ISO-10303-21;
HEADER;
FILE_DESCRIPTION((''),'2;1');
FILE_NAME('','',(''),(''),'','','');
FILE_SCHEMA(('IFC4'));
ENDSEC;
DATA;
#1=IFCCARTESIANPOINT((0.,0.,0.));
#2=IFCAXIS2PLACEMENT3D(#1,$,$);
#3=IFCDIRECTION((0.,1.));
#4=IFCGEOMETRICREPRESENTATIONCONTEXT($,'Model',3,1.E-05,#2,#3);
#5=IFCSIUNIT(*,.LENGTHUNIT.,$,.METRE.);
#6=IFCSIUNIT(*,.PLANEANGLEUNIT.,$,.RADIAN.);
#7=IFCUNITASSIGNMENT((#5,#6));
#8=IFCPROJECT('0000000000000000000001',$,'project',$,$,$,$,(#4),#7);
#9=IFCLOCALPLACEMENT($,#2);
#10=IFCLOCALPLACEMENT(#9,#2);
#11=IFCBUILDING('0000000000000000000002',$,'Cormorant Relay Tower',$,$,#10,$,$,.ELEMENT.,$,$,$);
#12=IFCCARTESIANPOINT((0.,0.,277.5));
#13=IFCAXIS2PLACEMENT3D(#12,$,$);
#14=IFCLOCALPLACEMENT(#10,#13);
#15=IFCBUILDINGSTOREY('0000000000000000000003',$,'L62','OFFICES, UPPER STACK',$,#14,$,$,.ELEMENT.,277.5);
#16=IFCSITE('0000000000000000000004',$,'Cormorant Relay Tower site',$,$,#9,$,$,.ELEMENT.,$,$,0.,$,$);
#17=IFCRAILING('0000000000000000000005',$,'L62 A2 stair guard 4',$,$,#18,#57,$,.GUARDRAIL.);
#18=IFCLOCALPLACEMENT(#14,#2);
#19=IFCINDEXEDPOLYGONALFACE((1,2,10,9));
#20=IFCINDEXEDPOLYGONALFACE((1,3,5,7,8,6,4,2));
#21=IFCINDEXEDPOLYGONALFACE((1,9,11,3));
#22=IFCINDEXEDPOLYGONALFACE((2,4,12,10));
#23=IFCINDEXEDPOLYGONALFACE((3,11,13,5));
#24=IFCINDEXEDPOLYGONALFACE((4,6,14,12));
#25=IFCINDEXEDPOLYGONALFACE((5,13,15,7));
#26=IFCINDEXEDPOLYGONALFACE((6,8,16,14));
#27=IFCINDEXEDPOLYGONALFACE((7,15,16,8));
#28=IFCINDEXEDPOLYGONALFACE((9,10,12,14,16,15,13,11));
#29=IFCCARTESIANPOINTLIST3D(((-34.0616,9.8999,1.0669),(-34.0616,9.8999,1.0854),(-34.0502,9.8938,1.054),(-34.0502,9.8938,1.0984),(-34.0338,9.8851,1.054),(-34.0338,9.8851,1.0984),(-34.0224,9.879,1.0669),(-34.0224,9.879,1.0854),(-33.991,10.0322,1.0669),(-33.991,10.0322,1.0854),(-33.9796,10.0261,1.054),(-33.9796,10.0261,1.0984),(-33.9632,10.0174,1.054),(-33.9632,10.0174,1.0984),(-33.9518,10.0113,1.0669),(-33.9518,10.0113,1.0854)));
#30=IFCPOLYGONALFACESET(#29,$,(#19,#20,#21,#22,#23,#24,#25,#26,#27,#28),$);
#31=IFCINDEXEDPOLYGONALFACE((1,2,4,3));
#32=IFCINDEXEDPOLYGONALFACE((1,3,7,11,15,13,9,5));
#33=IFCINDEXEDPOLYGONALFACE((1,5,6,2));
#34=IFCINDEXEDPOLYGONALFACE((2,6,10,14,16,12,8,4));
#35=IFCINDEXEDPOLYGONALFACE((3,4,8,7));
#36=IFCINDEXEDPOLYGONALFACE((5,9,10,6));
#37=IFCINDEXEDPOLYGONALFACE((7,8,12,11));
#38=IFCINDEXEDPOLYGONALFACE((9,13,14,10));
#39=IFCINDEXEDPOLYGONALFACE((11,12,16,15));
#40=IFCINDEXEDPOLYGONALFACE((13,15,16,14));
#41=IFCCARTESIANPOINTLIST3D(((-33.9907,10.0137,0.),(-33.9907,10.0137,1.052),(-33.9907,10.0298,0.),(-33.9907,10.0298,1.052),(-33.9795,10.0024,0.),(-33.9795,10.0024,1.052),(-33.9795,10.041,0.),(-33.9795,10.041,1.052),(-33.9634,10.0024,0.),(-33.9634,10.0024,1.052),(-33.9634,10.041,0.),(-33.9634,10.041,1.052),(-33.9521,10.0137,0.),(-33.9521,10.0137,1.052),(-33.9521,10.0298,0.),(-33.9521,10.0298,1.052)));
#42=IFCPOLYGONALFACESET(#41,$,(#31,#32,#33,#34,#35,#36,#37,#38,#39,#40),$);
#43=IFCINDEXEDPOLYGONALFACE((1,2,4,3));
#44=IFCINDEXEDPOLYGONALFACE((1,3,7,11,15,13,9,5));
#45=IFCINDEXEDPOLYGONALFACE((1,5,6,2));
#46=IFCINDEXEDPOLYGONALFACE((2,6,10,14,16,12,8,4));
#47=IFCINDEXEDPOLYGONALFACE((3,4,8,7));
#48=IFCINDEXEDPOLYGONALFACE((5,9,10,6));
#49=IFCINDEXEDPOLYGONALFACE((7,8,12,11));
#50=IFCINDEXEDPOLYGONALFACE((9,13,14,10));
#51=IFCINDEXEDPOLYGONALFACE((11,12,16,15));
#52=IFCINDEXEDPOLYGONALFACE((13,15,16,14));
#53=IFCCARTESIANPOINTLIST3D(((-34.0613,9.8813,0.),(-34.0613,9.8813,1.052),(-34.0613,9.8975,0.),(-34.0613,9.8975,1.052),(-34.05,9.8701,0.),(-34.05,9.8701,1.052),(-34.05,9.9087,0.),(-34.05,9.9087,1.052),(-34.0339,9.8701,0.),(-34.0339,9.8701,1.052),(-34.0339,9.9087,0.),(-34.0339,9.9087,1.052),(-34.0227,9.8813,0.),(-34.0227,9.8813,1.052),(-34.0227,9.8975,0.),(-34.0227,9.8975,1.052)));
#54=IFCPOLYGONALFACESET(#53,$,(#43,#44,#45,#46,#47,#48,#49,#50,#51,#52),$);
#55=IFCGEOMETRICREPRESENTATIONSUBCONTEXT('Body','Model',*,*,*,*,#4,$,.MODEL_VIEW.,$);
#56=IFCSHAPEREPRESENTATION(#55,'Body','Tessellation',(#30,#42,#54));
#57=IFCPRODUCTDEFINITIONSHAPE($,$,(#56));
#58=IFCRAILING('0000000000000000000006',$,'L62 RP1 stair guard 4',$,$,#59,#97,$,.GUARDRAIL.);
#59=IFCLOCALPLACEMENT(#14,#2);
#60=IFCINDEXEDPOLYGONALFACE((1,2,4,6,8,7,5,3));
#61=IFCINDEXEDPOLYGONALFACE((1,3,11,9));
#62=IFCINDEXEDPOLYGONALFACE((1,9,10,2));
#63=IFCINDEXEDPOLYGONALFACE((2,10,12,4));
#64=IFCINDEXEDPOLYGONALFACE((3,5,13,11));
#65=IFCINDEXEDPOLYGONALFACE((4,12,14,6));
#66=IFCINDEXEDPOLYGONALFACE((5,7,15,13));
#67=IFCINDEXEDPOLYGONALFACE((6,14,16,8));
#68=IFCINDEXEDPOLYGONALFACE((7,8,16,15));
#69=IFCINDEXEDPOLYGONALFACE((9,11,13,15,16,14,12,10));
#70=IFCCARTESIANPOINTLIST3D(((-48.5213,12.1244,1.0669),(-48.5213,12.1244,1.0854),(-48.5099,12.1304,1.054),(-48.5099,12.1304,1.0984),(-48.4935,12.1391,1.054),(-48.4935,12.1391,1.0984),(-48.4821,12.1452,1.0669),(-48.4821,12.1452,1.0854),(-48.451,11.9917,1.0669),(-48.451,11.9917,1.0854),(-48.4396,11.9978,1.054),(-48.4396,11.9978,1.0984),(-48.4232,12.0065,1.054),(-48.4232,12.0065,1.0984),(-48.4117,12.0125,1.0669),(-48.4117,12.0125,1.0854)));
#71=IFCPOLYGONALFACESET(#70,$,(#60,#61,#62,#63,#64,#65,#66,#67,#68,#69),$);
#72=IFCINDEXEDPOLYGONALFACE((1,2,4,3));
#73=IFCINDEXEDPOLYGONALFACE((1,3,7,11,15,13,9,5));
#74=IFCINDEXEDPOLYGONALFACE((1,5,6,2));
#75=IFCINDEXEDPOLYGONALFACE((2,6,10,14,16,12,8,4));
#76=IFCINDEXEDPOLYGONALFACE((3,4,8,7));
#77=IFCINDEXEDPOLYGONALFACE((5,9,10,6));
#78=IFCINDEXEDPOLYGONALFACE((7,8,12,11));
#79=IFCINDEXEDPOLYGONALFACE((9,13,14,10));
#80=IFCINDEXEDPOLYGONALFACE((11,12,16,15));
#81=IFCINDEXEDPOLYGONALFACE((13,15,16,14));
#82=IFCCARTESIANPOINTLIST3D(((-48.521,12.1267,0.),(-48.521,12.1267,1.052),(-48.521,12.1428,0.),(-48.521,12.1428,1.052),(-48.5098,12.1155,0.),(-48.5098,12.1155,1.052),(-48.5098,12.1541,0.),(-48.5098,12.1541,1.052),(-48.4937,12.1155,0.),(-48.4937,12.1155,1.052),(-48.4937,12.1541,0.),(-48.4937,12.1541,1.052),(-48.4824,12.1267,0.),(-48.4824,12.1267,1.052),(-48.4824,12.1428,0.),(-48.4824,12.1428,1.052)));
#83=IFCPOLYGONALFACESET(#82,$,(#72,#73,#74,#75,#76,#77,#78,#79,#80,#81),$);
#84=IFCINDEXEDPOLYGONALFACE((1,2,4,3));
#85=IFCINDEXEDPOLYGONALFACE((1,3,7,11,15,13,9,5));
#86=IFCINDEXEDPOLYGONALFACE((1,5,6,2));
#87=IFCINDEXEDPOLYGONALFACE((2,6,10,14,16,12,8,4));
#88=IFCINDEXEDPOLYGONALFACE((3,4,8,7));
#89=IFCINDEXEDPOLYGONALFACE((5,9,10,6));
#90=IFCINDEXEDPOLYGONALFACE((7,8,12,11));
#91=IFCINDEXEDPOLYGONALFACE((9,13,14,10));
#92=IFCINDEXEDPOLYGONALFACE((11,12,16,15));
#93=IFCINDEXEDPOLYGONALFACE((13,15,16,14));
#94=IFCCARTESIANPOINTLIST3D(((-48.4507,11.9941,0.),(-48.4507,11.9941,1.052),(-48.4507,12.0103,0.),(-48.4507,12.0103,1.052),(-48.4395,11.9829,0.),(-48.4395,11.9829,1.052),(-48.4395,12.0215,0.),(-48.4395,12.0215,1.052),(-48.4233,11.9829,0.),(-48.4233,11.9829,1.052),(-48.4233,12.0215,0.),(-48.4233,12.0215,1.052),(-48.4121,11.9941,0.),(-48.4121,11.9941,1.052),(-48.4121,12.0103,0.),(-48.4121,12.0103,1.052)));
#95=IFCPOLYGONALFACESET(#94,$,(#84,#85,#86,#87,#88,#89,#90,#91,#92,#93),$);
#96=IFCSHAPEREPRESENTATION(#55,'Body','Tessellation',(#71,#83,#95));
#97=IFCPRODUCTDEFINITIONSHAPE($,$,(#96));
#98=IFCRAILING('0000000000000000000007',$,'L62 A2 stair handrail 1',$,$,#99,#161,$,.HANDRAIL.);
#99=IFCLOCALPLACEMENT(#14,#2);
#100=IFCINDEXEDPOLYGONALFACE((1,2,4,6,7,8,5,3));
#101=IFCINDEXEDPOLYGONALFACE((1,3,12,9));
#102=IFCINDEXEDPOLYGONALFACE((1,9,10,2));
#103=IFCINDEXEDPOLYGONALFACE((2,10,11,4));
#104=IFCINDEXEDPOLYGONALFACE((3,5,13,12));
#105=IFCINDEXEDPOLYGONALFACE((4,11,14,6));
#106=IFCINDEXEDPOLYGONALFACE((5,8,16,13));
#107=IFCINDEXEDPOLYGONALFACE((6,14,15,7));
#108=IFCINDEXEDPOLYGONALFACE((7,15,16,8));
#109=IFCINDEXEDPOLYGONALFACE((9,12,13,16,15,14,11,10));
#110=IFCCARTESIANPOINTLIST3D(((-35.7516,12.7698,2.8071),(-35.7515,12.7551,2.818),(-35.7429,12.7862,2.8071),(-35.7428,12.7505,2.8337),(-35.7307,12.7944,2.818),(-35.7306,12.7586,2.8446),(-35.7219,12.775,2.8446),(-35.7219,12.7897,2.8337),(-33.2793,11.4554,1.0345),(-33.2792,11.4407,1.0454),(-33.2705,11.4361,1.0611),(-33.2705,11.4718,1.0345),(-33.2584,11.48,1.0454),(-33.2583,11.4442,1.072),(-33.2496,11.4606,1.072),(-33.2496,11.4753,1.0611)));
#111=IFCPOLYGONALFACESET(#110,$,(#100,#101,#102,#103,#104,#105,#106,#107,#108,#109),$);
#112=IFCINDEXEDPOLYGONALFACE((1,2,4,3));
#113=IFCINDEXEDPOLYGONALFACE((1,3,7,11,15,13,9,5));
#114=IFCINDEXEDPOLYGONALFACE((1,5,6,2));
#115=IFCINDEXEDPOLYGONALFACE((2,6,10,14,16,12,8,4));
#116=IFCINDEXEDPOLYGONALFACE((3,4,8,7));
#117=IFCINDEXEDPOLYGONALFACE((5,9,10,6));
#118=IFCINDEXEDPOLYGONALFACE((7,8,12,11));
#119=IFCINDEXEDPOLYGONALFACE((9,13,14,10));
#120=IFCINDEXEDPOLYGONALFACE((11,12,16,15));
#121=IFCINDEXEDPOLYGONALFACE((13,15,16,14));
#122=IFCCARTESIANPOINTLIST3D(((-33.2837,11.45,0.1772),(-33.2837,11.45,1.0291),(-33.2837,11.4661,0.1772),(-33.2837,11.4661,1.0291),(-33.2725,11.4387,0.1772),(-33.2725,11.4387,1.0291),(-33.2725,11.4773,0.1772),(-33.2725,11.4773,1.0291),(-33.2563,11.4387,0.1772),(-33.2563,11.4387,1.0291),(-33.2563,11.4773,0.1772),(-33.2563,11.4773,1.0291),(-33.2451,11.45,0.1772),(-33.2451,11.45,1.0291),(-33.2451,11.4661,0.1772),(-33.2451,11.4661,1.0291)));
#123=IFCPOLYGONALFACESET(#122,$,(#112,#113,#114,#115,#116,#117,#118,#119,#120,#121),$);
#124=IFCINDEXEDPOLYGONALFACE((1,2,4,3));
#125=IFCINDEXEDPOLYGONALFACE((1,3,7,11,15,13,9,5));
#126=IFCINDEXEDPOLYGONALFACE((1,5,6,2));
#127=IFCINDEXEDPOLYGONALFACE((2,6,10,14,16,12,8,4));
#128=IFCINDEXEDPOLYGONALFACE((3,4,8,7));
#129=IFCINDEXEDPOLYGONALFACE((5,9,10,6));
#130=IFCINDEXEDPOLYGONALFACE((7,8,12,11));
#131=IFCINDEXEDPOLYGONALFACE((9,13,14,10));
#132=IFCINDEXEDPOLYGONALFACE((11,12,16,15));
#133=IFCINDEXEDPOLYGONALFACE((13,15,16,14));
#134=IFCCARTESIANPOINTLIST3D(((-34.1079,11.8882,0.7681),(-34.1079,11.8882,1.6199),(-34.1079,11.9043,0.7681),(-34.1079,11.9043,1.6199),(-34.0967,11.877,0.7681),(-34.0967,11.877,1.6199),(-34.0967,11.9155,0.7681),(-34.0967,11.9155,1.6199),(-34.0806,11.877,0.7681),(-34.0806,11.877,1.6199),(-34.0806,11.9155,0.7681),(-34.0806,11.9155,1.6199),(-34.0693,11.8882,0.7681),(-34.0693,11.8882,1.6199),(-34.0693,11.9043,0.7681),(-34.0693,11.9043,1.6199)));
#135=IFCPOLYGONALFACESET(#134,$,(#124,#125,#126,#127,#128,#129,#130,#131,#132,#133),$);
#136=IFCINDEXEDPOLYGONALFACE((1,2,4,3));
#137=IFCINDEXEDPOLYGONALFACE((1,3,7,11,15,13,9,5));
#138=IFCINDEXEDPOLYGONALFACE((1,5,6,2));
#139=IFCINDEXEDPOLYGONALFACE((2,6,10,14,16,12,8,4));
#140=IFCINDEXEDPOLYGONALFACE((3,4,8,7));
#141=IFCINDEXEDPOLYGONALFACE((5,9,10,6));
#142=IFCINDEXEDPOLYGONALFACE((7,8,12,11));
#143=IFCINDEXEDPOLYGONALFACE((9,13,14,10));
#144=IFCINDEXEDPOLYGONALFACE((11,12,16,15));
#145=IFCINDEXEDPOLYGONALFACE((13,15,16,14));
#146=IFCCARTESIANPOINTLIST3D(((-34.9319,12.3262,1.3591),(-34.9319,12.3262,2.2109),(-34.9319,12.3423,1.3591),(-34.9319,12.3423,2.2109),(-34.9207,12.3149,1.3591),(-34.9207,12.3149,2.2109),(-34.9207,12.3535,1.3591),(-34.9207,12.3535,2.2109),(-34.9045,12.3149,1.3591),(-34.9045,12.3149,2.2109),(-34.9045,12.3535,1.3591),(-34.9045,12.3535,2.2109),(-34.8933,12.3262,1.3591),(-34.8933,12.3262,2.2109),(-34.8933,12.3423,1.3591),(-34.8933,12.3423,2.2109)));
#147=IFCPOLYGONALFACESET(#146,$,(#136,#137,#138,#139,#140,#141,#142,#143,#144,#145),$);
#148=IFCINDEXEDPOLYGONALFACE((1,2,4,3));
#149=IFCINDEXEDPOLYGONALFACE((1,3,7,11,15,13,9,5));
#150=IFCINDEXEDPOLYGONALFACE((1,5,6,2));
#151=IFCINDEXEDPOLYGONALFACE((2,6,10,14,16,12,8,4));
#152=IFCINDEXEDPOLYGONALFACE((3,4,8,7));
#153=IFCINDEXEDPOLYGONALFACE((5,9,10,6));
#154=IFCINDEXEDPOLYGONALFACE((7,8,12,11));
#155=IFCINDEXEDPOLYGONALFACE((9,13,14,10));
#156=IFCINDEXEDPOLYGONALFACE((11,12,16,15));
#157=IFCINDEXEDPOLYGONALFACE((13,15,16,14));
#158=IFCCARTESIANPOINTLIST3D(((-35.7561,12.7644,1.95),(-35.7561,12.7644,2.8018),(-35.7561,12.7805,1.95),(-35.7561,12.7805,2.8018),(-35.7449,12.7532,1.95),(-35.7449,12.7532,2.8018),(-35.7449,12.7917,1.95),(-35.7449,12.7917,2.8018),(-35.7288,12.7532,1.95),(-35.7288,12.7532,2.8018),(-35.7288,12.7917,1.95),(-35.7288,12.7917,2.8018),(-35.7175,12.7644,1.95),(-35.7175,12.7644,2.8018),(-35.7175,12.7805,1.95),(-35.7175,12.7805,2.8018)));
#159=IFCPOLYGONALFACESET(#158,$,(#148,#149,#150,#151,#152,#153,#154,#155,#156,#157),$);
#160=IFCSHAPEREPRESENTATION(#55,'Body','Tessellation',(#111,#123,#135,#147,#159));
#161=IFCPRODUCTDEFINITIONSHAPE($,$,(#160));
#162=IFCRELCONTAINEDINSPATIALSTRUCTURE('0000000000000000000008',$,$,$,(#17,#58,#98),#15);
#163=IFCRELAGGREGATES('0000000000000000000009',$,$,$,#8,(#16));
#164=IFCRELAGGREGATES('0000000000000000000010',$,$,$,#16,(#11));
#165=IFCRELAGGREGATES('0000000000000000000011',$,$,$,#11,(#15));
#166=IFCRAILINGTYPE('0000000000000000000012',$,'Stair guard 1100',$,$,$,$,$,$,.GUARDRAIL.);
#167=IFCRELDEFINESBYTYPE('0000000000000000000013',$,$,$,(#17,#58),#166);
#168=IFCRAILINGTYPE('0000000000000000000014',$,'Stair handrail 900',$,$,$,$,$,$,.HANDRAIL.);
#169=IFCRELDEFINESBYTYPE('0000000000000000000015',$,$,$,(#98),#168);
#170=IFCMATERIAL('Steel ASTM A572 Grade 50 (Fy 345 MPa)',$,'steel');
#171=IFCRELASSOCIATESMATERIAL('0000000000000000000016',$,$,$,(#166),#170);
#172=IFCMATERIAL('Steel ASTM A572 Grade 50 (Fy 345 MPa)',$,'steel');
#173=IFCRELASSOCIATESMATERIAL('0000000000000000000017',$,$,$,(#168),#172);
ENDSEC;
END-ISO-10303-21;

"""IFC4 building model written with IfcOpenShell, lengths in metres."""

from ifc_helpers import new_model, si_unit, direction, frame, origin, place, context, subcontext, project, spatial, polyline, outline, extrude, material, type_object, element, save


model = new_model("IFC4")

# Units and contexts
model_context = context("Model", 3, precision=1e-05, world=origin(), true_north=direction((0.0, 1.0)))
body_context = subcontext(model_context, "Body", "Model", "MODEL_VIEW")
ifc_project = project(units=[si_unit("LENGTHUNIT", "METRE"), si_unit("PLANEANGLEUNIT", "RADIAN")], contexts=[model_context])

# Site, building, storey
site_placement = place(None, origin())
site = spatial("IfcSite", under=ifc_project, at=site_placement, Name="Cormorant Relay Tower site", CompositionType="ELEMENT", RefElevation=0.0)
building_placement = place(site_placement, origin())
building = spatial("IfcBuilding", under=site, at=building_placement, Name="Cormorant Relay Tower", CompositionType="ELEMENT")
storey_placement = place(building_placement, frame((0.0, 0.0, 277.5)))
storey = spatial("IfcBuildingStorey", under=building, at=storey_placement, Name="L62", Description="OFFICES, UPPER STACK", CompositionType="ELEMENT", Elevation=277.5)

# Railings
ifc_material_1 = material(Name="Steel ASTM A572 Grade 50 (Fy 345 MPa)", Category="steel")
railing_type_1 = type_object("IfcRailingType", Name="Stair guard 1100", PredefinedType="GUARDRAIL", material=ifc_material_1)
railing_1_placement = place(storey_placement, frame((-33.9714, 10.0217, 0.0)))
element("IfcRailing", 1, at=railing_1_placement, inside=storey, type_object=railing_type_1, Name="L62 A2 stair guard 4", PredefinedType="GUARDRAIL", context=body_context, shape_type="SweptSolid", body=[
    extrude(outline(polyline([(0.0222, 0.0093), (0.0093, 0.0222), (-0.0093, 0.0222), (-0.0222, 0.0093), (-0.0222, -0.0093), (-0.0093, -0.0222), (0.0093, -0.0222), (0.0222, -0.0093), (0.0222, 0.0093)])), frame((0.0, 0.0, 1.0762), z_axis=(-0.470504, -0.882398, 0.0), x_axis=(0.882398, -0.470504, 0.0)), (0.0, 0.0, 1.0), 0.1499),
    extrude(outline(polyline([(0.0193, 0.0081), (0.0081, 0.0193), (-0.0081, 0.0193), (-0.0193, 0.0081), (-0.0193, -0.0081), (-0.0081, -0.0193), (0.0081, -0.0193), (0.0193, -0.0081), (0.0193, 0.0081)])), origin(), (0.0, 0.0, 1.0), 1.052),
    extrude(outline(polyline([(0.0193, 0.0081), (0.0081, 0.0193), (-0.0081, 0.0193), (-0.0193, 0.0081), (-0.0193, -0.0081), (-0.0081, -0.0193), (0.0081, -0.0193), (0.0193, -0.0081), (0.0193, 0.0081)])), frame((-0.0706, -0.1323, 0.0)), (0.0, 0.0, 1.0), 1.052),
])
railing_2_placement = place(storey_placement, frame((-48.5017, 12.1348, 0.0)))
element("IfcRailing", 2, at=railing_2_placement, inside=storey, type_object=railing_type_1, Name="L62 RP1 stair guard 4", PredefinedType="GUARDRAIL", context=body_context, shape_type="SweptSolid", body=[
    extrude(outline(polyline([(0.0222, 0.0093), (0.0093, 0.0222), (-0.0093, 0.0222), (-0.0222, 0.0093), (-0.0222, -0.0093), (-0.0093, -0.0222), (0.0093, -0.0222), (0.0222, -0.0093), (0.0222, 0.0093)])), frame((0.0, 0.0, 1.0762), z_axis=(0.46856, -0.883431, 0.0), x_axis=(0.883431, 0.46856, 0.0)), (0.0, 0.0, 1.0), 0.1501),
    extrude(outline(polyline([(0.0193, 0.0081), (0.0081, 0.0193), (-0.0081, 0.0193), (-0.0193, 0.0081), (-0.0193, -0.0081), (-0.0081, -0.0193), (0.0081, -0.0193), (0.0193, -0.0081), (0.0193, 0.0081)])), origin(), (0.0, 0.0, 1.0), 1.052),
    extrude(outline(polyline([(0.0193, 0.0081), (0.0081, 0.0193), (-0.0081, 0.0193), (-0.0193, 0.0081), (-0.0193, -0.0081), (-0.0081, -0.0193), (0.0081, -0.0193), (0.0193, -0.0081), (0.0193, 0.0081)])), frame((0.0703, -0.1326, 0.0)), (0.0, 0.0, 1.0), 1.052),
])
ifc_material_2 = material(Name="Steel ASTM A572 Grade 50 (Fy 345 MPa)", Category="steel")
railing_type_2 = type_object("IfcRailingType", Name="Stair handrail 900", PredefinedType="HANDRAIL", material=ifc_material_2)
railing_3_placement = place(storey_placement, frame((-33.2644, 11.458, 0.1772)))
element("IfcRailing", 3, at=railing_3_placement, inside=storey, type_object=railing_type_2, Name="L62 A2 stair handrail 1", PredefinedType="HANDRAIL", context=body_context, shape_type="SweptSolid", body=[
    extrude(outline(polyline([(0.0222, 0.0093), (0.0093, 0.0222), (-0.0093, 0.0222), (-0.0222, 0.0093), (-0.0222, -0.0093), (-0.0093, -0.0222), (0.0093, -0.0222), (0.0222, -0.0093), (0.0222, 0.0093)])), frame((0.0, 0.0, 0.876), z_axis=(-0.746034, 0.396627, 0.534902), x_axis=(-0.469429, -0.88297, 0.0)), (0.0, 0.0, 1.0), 3.314),
    extrude(outline(polyline([(0.0193, 0.0081), (0.0081, 0.0193), (-0.0081, 0.0193), (-0.0193, 0.0081), (-0.0193, -0.0081), (-0.0081, -0.0193), (0.0081, -0.0193), (0.0193, -0.0081), (0.0193, 0.0081)])), origin(), (0.0, 0.0, 1.0), 0.8518),
    extrude(outline(polyline([(0.0193, 0.0081), (0.0081, 0.0193), (-0.0081, 0.0193), (-0.0193, 0.0081), (-0.0193, -0.0081), (-0.0081, -0.0193), (0.0081, -0.0193), (0.0193, -0.0081), (0.0193, 0.0081)])), frame((-0.8242, 0.4382, 0.5908)), (0.0, 0.0, 1.0), 0.8518),
    extrude(outline(polyline([(0.0193, 0.0081), (0.0081, 0.0193), (-0.0081, 0.0193), (-0.0193, 0.0081), (-0.0193, -0.0081), (-0.0081, -0.0193), (0.0081, -0.0193), (0.0193, -0.0081), (0.0193, 0.0081)])), frame((-1.6482, 0.8762, 1.1819)), (0.0, 0.0, 1.0), 0.8518),
    extrude(outline(polyline([(0.0193, 0.0081), (0.0081, 0.0193), (-0.0081, 0.0193), (-0.0193, 0.0081), (-0.0193, -0.0081), (-0.0081, -0.0193), (0.0081, -0.0193), (0.0193, -0.0081), (0.0193, 0.0081)])), frame((-2.4724, 1.3145, 1.7727)), (0.0, 0.0, 1.0), 0.8518),
])

save(model, "model.ifc")
